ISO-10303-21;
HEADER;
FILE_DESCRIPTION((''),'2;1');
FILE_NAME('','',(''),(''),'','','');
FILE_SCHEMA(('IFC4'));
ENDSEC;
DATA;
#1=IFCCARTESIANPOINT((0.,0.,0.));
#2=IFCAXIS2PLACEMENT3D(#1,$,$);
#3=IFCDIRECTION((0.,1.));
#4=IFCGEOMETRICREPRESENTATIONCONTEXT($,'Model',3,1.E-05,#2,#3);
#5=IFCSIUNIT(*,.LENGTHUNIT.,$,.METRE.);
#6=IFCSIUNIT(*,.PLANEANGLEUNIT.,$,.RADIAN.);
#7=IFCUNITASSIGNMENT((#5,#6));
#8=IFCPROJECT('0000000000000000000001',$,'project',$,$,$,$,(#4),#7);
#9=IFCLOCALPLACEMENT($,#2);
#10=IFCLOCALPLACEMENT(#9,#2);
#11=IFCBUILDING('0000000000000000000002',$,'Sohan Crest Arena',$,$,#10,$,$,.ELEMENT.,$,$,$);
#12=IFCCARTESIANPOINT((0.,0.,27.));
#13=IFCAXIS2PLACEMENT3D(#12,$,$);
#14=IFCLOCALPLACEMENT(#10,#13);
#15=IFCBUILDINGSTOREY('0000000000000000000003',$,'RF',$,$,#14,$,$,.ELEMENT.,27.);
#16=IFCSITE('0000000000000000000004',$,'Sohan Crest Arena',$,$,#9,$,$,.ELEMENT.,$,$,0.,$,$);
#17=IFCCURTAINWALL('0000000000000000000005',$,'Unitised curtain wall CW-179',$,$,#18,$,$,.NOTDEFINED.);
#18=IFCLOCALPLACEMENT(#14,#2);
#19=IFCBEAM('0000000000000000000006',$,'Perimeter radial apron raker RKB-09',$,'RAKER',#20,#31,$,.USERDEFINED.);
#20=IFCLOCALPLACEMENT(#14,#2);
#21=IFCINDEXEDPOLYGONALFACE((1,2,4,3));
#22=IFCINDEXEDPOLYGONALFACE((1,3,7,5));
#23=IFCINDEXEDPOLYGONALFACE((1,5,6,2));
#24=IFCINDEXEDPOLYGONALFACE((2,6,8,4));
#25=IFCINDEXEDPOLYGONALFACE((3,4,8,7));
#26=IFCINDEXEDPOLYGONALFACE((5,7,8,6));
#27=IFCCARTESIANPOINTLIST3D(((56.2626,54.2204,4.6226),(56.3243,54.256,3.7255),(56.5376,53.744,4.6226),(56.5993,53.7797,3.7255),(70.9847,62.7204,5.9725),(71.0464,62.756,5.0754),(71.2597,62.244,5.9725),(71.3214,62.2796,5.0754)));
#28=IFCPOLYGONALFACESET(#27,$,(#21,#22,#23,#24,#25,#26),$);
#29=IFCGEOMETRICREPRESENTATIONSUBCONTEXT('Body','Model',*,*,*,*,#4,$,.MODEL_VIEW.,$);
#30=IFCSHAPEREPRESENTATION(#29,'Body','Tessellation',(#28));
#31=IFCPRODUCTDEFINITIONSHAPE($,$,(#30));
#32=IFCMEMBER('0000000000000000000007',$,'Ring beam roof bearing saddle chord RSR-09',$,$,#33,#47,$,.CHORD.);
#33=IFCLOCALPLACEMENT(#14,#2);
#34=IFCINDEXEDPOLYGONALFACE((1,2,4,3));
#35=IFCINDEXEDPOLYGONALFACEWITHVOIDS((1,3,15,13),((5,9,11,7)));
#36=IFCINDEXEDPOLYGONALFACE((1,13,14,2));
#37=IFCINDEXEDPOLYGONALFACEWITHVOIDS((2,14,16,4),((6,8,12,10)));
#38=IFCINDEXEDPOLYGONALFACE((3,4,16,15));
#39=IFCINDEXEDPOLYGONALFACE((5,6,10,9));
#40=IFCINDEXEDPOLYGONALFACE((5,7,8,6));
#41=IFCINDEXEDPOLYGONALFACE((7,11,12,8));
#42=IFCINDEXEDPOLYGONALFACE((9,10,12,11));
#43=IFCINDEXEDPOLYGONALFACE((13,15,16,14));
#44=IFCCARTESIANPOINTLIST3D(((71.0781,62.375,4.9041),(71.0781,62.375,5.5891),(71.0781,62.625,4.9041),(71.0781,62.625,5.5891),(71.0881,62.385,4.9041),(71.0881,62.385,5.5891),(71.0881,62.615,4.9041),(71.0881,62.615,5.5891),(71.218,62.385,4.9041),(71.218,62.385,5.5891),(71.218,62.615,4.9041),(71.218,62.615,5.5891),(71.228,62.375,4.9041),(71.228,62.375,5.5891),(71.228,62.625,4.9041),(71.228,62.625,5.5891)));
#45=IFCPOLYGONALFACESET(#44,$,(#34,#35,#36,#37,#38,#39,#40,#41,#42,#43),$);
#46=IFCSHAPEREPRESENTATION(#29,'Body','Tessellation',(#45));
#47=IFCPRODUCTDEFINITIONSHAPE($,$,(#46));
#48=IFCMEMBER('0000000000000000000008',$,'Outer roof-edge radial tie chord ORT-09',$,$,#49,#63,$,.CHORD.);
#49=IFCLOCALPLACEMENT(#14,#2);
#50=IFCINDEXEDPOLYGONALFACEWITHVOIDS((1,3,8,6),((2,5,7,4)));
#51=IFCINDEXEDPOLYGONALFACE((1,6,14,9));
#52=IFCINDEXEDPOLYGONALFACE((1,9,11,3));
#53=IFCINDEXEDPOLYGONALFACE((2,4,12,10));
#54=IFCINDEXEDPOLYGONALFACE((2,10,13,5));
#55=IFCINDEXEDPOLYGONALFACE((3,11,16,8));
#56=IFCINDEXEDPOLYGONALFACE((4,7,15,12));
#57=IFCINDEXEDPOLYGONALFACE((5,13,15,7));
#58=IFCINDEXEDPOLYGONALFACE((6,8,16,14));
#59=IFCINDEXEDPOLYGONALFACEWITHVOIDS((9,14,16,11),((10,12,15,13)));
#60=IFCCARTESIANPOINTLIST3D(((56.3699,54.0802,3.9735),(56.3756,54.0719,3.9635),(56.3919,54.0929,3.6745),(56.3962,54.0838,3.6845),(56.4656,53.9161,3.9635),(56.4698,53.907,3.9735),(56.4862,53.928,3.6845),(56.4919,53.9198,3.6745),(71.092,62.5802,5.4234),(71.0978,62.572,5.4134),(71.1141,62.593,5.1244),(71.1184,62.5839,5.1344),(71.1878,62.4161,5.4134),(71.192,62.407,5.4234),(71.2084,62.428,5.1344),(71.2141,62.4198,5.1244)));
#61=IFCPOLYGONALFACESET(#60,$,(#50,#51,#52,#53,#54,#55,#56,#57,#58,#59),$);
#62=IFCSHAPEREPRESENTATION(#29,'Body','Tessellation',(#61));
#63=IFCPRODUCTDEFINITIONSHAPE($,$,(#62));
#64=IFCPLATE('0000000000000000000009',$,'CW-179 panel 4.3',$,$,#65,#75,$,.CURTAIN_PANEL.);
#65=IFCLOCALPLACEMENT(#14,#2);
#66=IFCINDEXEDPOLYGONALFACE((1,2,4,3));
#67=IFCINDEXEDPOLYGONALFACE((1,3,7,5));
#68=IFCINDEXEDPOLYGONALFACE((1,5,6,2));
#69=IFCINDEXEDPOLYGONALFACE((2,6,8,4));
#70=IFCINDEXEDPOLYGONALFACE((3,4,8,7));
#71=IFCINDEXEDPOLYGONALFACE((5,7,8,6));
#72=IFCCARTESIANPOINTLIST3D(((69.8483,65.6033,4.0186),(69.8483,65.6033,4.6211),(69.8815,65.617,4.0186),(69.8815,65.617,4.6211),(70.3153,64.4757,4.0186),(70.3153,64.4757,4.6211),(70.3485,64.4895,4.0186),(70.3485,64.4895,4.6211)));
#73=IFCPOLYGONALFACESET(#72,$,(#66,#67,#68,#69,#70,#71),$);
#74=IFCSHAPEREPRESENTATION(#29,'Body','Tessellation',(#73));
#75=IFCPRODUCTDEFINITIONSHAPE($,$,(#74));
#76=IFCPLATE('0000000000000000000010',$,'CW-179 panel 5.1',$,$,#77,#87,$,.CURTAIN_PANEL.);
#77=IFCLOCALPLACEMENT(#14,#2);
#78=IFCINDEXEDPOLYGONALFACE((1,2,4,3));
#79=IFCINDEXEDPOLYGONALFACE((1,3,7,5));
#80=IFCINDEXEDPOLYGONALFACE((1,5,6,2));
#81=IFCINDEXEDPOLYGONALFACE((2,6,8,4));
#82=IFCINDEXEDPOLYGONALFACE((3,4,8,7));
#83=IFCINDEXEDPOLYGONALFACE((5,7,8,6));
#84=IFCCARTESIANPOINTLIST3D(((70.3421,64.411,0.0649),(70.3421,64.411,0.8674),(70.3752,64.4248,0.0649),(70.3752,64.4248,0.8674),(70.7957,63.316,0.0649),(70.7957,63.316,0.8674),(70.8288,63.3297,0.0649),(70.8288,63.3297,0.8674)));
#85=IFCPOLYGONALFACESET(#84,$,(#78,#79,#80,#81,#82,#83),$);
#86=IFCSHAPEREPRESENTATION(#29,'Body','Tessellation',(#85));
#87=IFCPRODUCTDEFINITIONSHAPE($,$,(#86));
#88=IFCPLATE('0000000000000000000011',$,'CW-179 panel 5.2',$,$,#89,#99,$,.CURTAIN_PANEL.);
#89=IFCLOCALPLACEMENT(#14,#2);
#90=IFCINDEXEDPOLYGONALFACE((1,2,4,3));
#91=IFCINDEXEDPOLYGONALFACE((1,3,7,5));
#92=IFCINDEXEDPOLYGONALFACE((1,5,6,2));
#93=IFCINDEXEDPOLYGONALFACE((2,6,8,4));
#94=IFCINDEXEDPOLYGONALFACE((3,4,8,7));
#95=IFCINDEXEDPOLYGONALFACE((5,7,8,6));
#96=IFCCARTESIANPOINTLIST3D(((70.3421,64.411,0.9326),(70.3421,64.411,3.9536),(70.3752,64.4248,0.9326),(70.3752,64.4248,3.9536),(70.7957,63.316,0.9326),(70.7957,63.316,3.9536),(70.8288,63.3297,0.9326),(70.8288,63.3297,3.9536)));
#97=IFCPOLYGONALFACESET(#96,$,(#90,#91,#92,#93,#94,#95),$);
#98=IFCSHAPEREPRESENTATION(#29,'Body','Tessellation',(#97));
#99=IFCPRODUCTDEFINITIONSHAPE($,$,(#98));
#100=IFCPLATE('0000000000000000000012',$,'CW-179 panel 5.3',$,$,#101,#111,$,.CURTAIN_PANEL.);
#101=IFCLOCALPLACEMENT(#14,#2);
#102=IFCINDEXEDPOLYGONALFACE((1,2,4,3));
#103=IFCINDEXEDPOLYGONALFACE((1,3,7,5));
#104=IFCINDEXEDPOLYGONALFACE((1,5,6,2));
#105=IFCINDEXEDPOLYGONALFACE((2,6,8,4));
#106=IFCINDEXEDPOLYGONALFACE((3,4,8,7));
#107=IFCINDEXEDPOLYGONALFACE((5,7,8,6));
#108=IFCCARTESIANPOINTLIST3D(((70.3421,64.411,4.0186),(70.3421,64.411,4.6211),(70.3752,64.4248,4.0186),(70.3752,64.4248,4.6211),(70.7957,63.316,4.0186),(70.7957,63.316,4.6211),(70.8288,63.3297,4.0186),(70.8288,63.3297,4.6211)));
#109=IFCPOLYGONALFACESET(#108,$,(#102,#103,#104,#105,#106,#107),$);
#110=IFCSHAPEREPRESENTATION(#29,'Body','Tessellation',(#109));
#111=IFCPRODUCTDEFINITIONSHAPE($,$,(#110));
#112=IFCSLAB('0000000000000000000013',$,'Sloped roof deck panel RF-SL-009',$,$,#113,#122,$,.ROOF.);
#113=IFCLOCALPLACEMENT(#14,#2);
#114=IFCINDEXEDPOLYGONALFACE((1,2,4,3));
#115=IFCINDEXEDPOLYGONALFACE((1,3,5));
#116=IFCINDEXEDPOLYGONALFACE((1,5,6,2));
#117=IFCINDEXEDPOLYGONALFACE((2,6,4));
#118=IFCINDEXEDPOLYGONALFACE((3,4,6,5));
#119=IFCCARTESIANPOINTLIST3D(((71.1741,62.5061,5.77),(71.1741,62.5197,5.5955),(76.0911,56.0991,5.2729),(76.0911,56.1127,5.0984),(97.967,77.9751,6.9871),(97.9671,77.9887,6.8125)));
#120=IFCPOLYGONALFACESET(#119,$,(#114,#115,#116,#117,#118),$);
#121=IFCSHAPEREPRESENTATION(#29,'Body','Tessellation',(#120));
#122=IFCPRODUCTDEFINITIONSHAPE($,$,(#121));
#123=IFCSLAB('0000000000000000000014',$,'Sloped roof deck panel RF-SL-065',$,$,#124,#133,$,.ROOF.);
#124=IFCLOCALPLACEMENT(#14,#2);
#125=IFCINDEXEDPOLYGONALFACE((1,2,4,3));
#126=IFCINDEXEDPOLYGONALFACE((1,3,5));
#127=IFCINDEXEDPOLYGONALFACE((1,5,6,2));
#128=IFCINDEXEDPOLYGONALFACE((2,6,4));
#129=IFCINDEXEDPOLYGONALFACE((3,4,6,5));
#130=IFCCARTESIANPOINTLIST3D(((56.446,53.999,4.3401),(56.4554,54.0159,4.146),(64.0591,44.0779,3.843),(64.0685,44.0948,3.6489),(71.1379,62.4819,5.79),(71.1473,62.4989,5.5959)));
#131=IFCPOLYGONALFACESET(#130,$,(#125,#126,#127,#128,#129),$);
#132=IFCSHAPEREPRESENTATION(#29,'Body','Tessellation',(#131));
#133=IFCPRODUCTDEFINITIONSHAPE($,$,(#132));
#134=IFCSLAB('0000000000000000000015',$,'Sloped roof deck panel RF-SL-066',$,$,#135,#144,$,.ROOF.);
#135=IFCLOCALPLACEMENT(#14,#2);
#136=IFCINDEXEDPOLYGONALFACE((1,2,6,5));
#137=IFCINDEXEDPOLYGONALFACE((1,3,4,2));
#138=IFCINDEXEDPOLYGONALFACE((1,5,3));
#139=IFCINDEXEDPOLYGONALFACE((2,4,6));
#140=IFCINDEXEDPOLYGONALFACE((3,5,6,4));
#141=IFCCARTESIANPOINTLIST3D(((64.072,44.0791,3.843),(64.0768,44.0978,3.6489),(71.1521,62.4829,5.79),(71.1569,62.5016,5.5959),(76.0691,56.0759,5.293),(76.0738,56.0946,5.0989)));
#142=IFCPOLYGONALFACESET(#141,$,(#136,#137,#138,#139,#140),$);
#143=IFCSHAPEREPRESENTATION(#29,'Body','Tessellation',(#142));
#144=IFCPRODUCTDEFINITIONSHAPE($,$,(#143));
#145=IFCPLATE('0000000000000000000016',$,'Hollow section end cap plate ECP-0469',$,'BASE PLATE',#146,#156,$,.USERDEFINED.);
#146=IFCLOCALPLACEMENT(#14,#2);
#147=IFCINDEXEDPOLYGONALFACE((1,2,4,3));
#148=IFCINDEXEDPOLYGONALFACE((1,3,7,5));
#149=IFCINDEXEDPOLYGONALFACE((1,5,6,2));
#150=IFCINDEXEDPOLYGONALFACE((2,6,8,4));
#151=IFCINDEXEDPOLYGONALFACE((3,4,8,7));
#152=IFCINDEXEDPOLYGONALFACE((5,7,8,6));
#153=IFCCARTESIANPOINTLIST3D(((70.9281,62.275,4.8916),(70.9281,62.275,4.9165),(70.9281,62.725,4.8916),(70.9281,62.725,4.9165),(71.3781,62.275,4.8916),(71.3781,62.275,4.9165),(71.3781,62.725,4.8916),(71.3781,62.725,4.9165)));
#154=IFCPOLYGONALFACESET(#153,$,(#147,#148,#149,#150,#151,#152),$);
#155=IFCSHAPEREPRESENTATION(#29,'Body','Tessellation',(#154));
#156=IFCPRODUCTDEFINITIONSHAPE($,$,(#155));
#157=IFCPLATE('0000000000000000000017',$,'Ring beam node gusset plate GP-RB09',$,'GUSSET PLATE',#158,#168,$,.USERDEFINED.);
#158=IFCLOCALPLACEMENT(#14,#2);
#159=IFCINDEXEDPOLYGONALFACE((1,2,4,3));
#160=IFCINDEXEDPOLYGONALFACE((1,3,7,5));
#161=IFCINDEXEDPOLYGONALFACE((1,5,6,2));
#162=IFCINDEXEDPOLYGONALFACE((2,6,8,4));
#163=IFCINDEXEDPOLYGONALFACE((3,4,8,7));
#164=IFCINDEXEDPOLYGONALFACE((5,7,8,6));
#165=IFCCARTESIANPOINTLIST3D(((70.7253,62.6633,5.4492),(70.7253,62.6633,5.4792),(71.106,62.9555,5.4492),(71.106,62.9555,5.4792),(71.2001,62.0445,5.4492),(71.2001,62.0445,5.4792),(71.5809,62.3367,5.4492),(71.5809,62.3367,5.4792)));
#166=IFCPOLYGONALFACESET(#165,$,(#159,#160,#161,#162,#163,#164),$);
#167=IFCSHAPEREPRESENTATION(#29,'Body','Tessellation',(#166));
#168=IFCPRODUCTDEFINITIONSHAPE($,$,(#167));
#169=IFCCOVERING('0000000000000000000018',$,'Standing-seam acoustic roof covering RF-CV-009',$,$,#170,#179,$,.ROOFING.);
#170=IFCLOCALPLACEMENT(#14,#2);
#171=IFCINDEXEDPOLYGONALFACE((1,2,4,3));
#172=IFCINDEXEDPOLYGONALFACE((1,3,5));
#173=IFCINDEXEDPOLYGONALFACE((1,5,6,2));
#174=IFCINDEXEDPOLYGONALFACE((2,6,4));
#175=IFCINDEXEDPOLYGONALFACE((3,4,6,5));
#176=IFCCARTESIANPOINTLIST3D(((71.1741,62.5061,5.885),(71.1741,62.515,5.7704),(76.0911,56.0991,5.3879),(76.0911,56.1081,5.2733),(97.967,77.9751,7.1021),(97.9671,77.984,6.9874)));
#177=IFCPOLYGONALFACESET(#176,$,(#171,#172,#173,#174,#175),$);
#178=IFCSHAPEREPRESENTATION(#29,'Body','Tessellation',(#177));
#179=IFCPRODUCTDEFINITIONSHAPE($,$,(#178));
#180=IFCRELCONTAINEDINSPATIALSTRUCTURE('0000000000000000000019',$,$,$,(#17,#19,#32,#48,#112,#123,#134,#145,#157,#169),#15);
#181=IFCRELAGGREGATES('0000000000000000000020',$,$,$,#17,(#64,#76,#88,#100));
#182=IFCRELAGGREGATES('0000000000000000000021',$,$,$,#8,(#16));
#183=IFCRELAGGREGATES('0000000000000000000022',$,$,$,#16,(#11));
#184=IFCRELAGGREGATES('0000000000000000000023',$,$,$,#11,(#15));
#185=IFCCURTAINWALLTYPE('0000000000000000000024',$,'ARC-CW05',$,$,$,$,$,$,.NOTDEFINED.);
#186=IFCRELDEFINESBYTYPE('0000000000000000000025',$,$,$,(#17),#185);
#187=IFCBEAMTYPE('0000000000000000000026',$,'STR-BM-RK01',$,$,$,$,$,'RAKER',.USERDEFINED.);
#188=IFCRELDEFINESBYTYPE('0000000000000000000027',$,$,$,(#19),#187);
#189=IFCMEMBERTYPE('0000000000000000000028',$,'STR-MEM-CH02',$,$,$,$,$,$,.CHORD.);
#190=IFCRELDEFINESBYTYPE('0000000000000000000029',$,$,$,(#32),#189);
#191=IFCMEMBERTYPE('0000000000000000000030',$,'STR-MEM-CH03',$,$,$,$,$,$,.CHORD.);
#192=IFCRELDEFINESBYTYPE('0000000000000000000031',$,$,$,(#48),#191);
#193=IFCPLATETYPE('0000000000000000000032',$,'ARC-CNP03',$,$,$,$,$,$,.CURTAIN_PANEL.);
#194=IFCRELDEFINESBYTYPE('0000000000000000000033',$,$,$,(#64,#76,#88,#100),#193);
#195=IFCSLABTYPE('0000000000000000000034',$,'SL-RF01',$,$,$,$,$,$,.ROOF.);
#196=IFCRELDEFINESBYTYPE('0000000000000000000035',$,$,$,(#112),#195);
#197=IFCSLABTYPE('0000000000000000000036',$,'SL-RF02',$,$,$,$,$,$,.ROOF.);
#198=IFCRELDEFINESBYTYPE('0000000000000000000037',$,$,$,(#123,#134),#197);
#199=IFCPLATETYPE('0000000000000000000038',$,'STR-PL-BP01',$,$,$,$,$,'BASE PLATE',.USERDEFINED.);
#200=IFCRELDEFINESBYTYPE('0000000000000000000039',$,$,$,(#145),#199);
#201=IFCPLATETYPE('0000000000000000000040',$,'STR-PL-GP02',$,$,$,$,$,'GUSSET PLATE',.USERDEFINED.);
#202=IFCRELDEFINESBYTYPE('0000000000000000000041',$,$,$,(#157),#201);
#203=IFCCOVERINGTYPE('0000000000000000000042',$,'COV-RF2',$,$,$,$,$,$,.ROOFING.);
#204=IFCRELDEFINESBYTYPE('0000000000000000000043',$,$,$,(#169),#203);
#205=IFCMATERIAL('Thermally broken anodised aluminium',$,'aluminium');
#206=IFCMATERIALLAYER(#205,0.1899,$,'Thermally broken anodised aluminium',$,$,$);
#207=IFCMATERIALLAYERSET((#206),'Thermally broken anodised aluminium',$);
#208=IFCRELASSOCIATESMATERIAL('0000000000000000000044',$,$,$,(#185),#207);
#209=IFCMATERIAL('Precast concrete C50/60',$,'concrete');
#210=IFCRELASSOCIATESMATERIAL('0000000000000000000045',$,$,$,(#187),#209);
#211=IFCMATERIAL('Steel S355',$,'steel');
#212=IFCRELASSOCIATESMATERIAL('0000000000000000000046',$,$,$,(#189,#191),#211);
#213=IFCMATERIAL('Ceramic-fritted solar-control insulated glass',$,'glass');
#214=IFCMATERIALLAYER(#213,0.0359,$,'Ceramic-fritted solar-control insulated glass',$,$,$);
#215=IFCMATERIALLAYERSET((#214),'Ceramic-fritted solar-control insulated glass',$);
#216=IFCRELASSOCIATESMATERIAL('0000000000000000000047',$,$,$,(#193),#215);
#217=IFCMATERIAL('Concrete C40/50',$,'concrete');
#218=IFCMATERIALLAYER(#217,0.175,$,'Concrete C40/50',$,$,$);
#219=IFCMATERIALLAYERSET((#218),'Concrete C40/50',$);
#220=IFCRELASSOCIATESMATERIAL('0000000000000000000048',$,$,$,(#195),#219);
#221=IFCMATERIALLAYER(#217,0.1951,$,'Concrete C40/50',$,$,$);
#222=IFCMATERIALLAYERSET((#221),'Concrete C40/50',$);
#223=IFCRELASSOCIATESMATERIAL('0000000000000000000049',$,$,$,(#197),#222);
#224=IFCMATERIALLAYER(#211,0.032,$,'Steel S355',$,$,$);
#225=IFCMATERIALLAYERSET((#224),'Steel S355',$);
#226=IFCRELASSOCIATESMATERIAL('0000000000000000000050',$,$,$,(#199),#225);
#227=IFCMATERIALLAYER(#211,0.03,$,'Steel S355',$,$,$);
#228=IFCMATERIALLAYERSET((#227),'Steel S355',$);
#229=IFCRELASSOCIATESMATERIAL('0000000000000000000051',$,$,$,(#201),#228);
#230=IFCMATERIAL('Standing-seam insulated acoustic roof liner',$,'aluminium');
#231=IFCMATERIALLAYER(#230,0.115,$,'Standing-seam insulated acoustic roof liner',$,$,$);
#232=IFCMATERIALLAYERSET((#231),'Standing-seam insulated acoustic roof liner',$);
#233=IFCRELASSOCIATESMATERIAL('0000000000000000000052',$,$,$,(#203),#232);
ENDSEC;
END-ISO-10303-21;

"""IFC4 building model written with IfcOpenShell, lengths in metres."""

from ifc_helpers import new_model, si_unit, direction, frame, origin, origin_2d, place, context, subcontext, project, spatial, polyline, rectangle, hollow_rectangle, outline, extrude, material, layer, layer_set, material_profile, profile_set, type_object, element, aggregate, save


model = new_model("IFC4")

# Units and contexts
model_context = context("Model", 3, precision=1e-05, world=origin(), true_north=direction((0.0, 1.0)))
body_context = subcontext(model_context, "Body", "Model", "MODEL_VIEW")
ifc_project = project(units=[si_unit("LENGTHUNIT", "METRE"), si_unit("PLANEANGLEUNIT", "RADIAN")], contexts=[model_context])

# Site, building, storey
site_placement = place(None, origin())
site = spatial("IfcSite", under=ifc_project, at=site_placement, Name="Sohan Crest Arena", CompositionType="ELEMENT", RefElevation=0.0)
building_placement = place(site_placement, origin())
building = spatial("IfcBuilding", under=site, at=building_placement, Name="Sohan Crest Arena", CompositionType="ELEMENT")
storey_placement = place(building_placement, frame((0.0, 0.0, 27.0)))
storey = spatial("IfcBuildingStorey", under=building, at=storey_placement, Name="RF", CompositionType="ELEMENT", Elevation=27.0)

# Shared definitions
ifc_material_1 = material(Name="Concrete C40/50", Category="concrete")

# Curtain wall
ifc_material_2 = material(Name="Thermally broken anodised aluminium", Category="aluminium")
ifc_layer_1 = layer(ifc_material_2, 0.1899, Name="Thermally broken anodised aluminium")
ifc_layer_set_1 = layer_set([ifc_layer_1], Name="Thermally broken anodised aluminium")
curtain_wall_type = type_object("IfcCurtainWallType", Name="ARC-CW05", PredefinedType="NOTDEFINED", material=ifc_layer_set_1)
curtain_wall_1_placement = place(storey_placement, origin())
curtain_wall_1 = element("IfcCurtainWall", 1, at=curtain_wall_1_placement, inside=storey, type_object=curtain_wall_type, Name="Unitised curtain wall CW-179", PredefinedType="NOTDEFINED")

# Beam
ifc_material_3 = material(Name="Steel S355", Category="steel")
ifc_material_4 = material(Name="Precast concrete C50/60", Category="concrete")
ifc_material_profile_1 = material_profile(ifc_material_4, rectangle(XDim=0.55, YDim=0.8999, at=origin_2d()), Name="RAKER 550x900")
ifc_profile_set_1 = profile_set([ifc_material_profile_1], Name="Precast concrete C50/60")
beam_type_1 = type_object("IfcBeamType", Name="STR-BM-RK01", ElementType="RAKER", PredefinedType="USERDEFINED", material=ifc_profile_set_1)
beam_1_placement = place(storey_placement, frame((71.1531, 62.5, 5.5239), z_axis=(-0.863304, -0.498438, -0.079155), x_axis=(0.500007, -0.866022, 0.0)))
element("IfcBeam", 2, at=beam_1_placement, inside=storey, type_object=beam_type_1, Name="Perimeter radial apron raker RKB-09", ObjectType="RAKER", PredefinedType="USERDEFINED", context=body_context, shape_type="SweptSolid", body=[
    extrude(rectangle(XDim=0.55, YDim=0.8999, at=origin_2d()), origin(), (0.0, 0.0, 1.0), 17.0532),
])

# Members
ifc_material_profile_2 = material_profile(ifc_material_3, hollow_rectangle(XDim=0.1499, YDim=0.25, WallThickness=0.01, at=origin_2d()), Name="RHS 250x150x10")
ifc_profile_set_2 = profile_set([ifc_material_profile_2], Name="Steel S355")
member_type_1 = type_object("IfcMemberType", Name="STR-MEM-CH02", PredefinedType="CHORD", material=ifc_profile_set_2)
member_1_placement = place(storey_placement, frame((71.1531, 62.5, 4.9041), z_axis=(0.0, 0.0, 1.0), x_axis=(1.0, 0.0, 0.0)))
element("IfcMember", 3, at=member_1_placement, inside=storey, type_object=member_type_1, Name="Ring beam roof bearing saddle chord RSR-09", PredefinedType="CHORD", context=body_context, shape_type="SweptSolid", body=[
    extrude(hollow_rectangle(XDim=0.1499, YDim=0.25, WallThickness=0.01, at=origin_2d()), origin(), (0.0, 0.0, 1.0), 0.6851),
])
ifc_material_profile_3 = material_profile(ifc_material_3, hollow_rectangle(XDim=0.2, YDim=0.3, WallThickness=0.01, at=origin_2d()), Name="RHS 300x200x10")
ifc_profile_set_3 = profile_set([ifc_material_profile_3], Name="Steel S355")
member_type_2 = type_object("IfcMemberType", Name="STR-MEM-CH03", PredefinedType="CHORD", material=ifc_profile_set_3)
member_2_placement = place(storey_placement, frame((71.1531, 62.5, 5.2739), z_axis=(-0.862889, -0.498198, -0.084984), x_axis=(0.500007, -0.866022, 0.0)))
element("IfcMember", 4, at=member_2_placement, inside=storey, type_object=member_type_2, Name="Outer roof-edge radial tie chord ORT-09", PredefinedType="CHORD", context=body_context, shape_type="SweptSolid", body=[
    extrude(hollow_rectangle(XDim=0.2, YDim=0.3, WallThickness=0.01, at=origin_2d()), origin(), (0.0, 0.0, 1.0), 17.0615),
])

# Plates
ifc_material_5 = material(Name="Ceramic-fritted solar-control insulated glass", Category="glass")
ifc_layer_2 = layer(ifc_material_5, 0.0359, Name="Ceramic-fritted solar-control insulated glass")
ifc_layer_set_2 = layer_set([ifc_layer_2], Name="Ceramic-fritted solar-control insulated glass")
plate_type_1 = type_object("IfcPlateType", Name="ARC-CNP03", PredefinedType="CURTAIN_PANEL", material=ifc_layer_set_2)
plate_1_placement = place(storey_placement, frame((70.0984, 65.0464, 4.0186), z_axis=(0.0, 0.0, 1.0), x_axis=(0.382667, -0.923886, 0.0)))
plate_1 = element("IfcPlate", 5, at=plate_1_placement, type_object=plate_type_1, Name="CW-179 panel 4.3", PredefinedType="CURTAIN_PANEL", context=body_context, shape_type="SweptSolid", body=[
    extrude(rectangle(XDim=1.2205, YDim=0.0359, at=origin_2d()), origin(), (0.0, 0.0, 1.0), 0.6025),
])
plate_2_placement = place(storey_placement, frame((70.5854, 63.8704, 0.0649), z_axis=(0.0, 0.0, 1.0), x_axis=(0.382667, -0.923886, 0.0)))
plate_2 = element("IfcPlate", 6, at=plate_2_placement, type_object=plate_type_1, Name="CW-179 panel 5.1", PredefinedType="CURTAIN_PANEL", context=body_context, shape_type="SweptSolid", body=[
    extrude(rectangle(XDim=1.1853, YDim=0.0359, at=origin_2d()), origin(), (0.0, 0.0, 1.0), 0.8025),
])
plate_3_placement = place(storey_placement, frame((70.5854, 63.8704, 0.9326), z_axis=(0.0, 0.0, 1.0), x_axis=(0.382667, -0.923886, 0.0)))
plate_3 = element("IfcPlate", 7, at=plate_3_placement, type_object=plate_type_1, Name="CW-179 panel 5.2", PredefinedType="CURTAIN_PANEL", context=body_context, shape_type="SweptSolid", body=[
    extrude(rectangle(XDim=1.1853, YDim=0.0359, at=origin_2d()), origin(), (0.0, 0.0, 1.0), 3.021),
])
plate_4_placement = place(storey_placement, frame((70.5854, 63.8704, 4.0186), z_axis=(0.0, 0.0, 1.0), x_axis=(0.382667, -0.923886, 0.0)))
plate_4 = element("IfcPlate", 8, at=plate_4_placement, type_object=plate_type_1, Name="CW-179 panel 5.3", PredefinedType="CURTAIN_PANEL", context=body_context, shape_type="SweptSolid", body=[
    extrude(rectangle(XDim=1.1853, YDim=0.0359, at=origin_2d()), origin(), (0.0, 0.0, 1.0), 0.6025),
])
aggregate(curtain_wall_1, [plate_1, plate_2, plate_3, plate_4])

# Slabs
ifc_layer_3 = layer(ifc_material_1, 0.175, Name="Concrete C40/50")
ifc_layer_set_3 = layer_set([ifc_layer_3], Name="Concrete C40/50")
slab_type_1 = type_object("IfcSlabType", Name="SL-RF01", PredefinedType="ROOF", material=ifc_layer_set_3)
slab_1_placement = place(storey_placement, frame((71.1741, 62.5061, 5.77), z_axis=(-0.000436, -0.077683, 0.996978), x_axis=(0.607669, -0.791811, -0.061431)))
element("IfcSlab", 9, at=slab_1_placement, inside=storey, type_object=slab_type_1, Name="Sloped roof deck panel RF-SL-009", PredefinedType="ROOF", context=body_context, shape_type="SweptSolid", body=[
    extrude(outline(polyline([(0.0, 0.0), (8.0916, 0.0), (3.958, 30.7078), (0.0, 0.0)])), origin(), (0.0, 0.0, -1.0), 0.175),
])
ifc_layer_4 = layer(ifc_material_1, 0.1951, Name="Concrete C40/50")
ifc_layer_set_4 = layer_set([ifc_layer_4], Name="Concrete C40/50")
slab_type_2 = type_object("IfcSlabType", Name="SL-RF02", PredefinedType="ROOF", material=ifc_layer_set_4)
slab_2_placement = place(storey_placement, frame((71.1379, 62.4819, 5.79), z_axis=(-0.048105, -0.086768, 0.995066), x_axis=(-0.862866, -0.498208, -0.085157)))
element("IfcSlab", 10, at=slab_2_placement, inside=storey, type_object=slab_type_2, Name="Sloped roof deck panel RF-SL-065", PredefinedType="ROOF", context=body_context, shape_type="SweptSolid", body=[
    extrude(outline(polyline([(0.0, 0.0), (17.0269, 0.0), (15.4429, 12.4147), (0.0, 0.0)])), origin(), (0.0, 0.0, -1.0), 0.1951),
])
slab_3_placement = place(storey_placement, frame((71.1521, 62.4829, 5.79), z_axis=(-0.024366, -0.095901, 0.995093), x_axis=(-0.357316, -0.9288, -0.098262)))
element("IfcSlab", 11, at=slab_3_placement, inside=storey, type_object=slab_type_2, Name="Sloped roof deck panel RF-SL-066", PredefinedType="ROOF", context=body_context, shape_type="SweptSolid", body=[
    extrude(outline(polyline([(0.0, 0.0), (19.8146, 0.0), (4.2427, 6.89), (0.0, 0.0)])), origin(), (0.0, 0.0, -1.0), 0.1951),
])

# Plates
ifc_layer_5 = layer(ifc_material_3, 0.032, Name="Steel S355")
ifc_layer_set_5 = layer_set([ifc_layer_5], Name="Steel S355")
plate_type_2 = type_object("IfcPlateType", Name="STR-PL-BP01", ElementType="BASE PLATE", PredefinedType="USERDEFINED", material=ifc_layer_set_5)
plate_5_placement = place(storey_placement, frame((71.1531, 62.5, 4.8916), z_axis=(0.0, 0.0, 1.0), x_axis=(1.0, 0.0, 0.0)))
element("IfcPlate", 12, at=plate_5_placement, inside=storey, type_object=plate_type_2, Name="Hollow section end cap plate ECP-0469", ObjectType="BASE PLATE", PredefinedType="USERDEFINED", context=body_context, shape_type="SweptSolid", body=[
    extrude(rectangle(XDim=0.45, YDim=0.45, at=origin_2d()), origin(), (0.0, 0.0, 1.0), 0.0249),
])
ifc_layer_6 = layer(ifc_material_3, 0.03, Name="Steel S355")
ifc_layer_set_6 = layer_set([ifc_layer_6], Name="Steel S355")
plate_type_3 = type_object("IfcPlateType", Name="STR-PL-GP02", ElementType="GUSSET PLATE", PredefinedType="USERDEFINED", material=ifc_layer_set_6)
plate_6_placement = place(storey_placement, frame((71.1531, 62.5, 5.4492), z_axis=(0.0, 0.0, 1.0), x_axis=(-0.608761, 0.793353, 0.0)))
element("IfcPlate", 13, at=plate_6_placement, inside=storey, type_object=plate_type_3, Name="Ring beam node gusset plate GP-RB09", ObjectType="GUSSET PLATE", PredefinedType="USERDEFINED", context=body_context, shape_type="SweptSolid", body=[
    extrude(rectangle(XDim=0.78, YDim=0.48, at=origin_2d()), origin(), (0.0, 0.0, 1.0), 0.03),
])

# Covering
ifc_material_6 = material(Name="Standing-seam insulated acoustic roof liner", Category="aluminium")
ifc_layer_7 = layer(ifc_material_6, 0.115, Name="Standing-seam insulated acoustic roof liner")
ifc_layer_set_7 = layer_set([ifc_layer_7], Name="Standing-seam insulated acoustic roof liner")
covering_type = type_object("IfcCoveringType", Name="COV-RF2", PredefinedType="ROOFING", material=ifc_layer_set_7)
covering_1_placement = place(storey_placement, frame((71.1741, 62.5061, 5.885), z_axis=(-0.000436, -0.077683, 0.996978), x_axis=(0.607669, -0.791811, -0.061431)))
element("IfcCovering", 14, at=covering_1_placement, inside=storey, type_object=covering_type, Name="Standing-seam acoustic roof covering RF-CV-009", PredefinedType="ROOFING", context=body_context, shape_type="SweptSolid", body=[
    extrude(outline(polyline([(0.0, 0.0), (8.0916, 0.0), (3.958, 30.7078), (0.0, 0.0)])), origin(), (0.0, 0.0, -1.0), 0.115),
])

save(model, "model.ifc")
